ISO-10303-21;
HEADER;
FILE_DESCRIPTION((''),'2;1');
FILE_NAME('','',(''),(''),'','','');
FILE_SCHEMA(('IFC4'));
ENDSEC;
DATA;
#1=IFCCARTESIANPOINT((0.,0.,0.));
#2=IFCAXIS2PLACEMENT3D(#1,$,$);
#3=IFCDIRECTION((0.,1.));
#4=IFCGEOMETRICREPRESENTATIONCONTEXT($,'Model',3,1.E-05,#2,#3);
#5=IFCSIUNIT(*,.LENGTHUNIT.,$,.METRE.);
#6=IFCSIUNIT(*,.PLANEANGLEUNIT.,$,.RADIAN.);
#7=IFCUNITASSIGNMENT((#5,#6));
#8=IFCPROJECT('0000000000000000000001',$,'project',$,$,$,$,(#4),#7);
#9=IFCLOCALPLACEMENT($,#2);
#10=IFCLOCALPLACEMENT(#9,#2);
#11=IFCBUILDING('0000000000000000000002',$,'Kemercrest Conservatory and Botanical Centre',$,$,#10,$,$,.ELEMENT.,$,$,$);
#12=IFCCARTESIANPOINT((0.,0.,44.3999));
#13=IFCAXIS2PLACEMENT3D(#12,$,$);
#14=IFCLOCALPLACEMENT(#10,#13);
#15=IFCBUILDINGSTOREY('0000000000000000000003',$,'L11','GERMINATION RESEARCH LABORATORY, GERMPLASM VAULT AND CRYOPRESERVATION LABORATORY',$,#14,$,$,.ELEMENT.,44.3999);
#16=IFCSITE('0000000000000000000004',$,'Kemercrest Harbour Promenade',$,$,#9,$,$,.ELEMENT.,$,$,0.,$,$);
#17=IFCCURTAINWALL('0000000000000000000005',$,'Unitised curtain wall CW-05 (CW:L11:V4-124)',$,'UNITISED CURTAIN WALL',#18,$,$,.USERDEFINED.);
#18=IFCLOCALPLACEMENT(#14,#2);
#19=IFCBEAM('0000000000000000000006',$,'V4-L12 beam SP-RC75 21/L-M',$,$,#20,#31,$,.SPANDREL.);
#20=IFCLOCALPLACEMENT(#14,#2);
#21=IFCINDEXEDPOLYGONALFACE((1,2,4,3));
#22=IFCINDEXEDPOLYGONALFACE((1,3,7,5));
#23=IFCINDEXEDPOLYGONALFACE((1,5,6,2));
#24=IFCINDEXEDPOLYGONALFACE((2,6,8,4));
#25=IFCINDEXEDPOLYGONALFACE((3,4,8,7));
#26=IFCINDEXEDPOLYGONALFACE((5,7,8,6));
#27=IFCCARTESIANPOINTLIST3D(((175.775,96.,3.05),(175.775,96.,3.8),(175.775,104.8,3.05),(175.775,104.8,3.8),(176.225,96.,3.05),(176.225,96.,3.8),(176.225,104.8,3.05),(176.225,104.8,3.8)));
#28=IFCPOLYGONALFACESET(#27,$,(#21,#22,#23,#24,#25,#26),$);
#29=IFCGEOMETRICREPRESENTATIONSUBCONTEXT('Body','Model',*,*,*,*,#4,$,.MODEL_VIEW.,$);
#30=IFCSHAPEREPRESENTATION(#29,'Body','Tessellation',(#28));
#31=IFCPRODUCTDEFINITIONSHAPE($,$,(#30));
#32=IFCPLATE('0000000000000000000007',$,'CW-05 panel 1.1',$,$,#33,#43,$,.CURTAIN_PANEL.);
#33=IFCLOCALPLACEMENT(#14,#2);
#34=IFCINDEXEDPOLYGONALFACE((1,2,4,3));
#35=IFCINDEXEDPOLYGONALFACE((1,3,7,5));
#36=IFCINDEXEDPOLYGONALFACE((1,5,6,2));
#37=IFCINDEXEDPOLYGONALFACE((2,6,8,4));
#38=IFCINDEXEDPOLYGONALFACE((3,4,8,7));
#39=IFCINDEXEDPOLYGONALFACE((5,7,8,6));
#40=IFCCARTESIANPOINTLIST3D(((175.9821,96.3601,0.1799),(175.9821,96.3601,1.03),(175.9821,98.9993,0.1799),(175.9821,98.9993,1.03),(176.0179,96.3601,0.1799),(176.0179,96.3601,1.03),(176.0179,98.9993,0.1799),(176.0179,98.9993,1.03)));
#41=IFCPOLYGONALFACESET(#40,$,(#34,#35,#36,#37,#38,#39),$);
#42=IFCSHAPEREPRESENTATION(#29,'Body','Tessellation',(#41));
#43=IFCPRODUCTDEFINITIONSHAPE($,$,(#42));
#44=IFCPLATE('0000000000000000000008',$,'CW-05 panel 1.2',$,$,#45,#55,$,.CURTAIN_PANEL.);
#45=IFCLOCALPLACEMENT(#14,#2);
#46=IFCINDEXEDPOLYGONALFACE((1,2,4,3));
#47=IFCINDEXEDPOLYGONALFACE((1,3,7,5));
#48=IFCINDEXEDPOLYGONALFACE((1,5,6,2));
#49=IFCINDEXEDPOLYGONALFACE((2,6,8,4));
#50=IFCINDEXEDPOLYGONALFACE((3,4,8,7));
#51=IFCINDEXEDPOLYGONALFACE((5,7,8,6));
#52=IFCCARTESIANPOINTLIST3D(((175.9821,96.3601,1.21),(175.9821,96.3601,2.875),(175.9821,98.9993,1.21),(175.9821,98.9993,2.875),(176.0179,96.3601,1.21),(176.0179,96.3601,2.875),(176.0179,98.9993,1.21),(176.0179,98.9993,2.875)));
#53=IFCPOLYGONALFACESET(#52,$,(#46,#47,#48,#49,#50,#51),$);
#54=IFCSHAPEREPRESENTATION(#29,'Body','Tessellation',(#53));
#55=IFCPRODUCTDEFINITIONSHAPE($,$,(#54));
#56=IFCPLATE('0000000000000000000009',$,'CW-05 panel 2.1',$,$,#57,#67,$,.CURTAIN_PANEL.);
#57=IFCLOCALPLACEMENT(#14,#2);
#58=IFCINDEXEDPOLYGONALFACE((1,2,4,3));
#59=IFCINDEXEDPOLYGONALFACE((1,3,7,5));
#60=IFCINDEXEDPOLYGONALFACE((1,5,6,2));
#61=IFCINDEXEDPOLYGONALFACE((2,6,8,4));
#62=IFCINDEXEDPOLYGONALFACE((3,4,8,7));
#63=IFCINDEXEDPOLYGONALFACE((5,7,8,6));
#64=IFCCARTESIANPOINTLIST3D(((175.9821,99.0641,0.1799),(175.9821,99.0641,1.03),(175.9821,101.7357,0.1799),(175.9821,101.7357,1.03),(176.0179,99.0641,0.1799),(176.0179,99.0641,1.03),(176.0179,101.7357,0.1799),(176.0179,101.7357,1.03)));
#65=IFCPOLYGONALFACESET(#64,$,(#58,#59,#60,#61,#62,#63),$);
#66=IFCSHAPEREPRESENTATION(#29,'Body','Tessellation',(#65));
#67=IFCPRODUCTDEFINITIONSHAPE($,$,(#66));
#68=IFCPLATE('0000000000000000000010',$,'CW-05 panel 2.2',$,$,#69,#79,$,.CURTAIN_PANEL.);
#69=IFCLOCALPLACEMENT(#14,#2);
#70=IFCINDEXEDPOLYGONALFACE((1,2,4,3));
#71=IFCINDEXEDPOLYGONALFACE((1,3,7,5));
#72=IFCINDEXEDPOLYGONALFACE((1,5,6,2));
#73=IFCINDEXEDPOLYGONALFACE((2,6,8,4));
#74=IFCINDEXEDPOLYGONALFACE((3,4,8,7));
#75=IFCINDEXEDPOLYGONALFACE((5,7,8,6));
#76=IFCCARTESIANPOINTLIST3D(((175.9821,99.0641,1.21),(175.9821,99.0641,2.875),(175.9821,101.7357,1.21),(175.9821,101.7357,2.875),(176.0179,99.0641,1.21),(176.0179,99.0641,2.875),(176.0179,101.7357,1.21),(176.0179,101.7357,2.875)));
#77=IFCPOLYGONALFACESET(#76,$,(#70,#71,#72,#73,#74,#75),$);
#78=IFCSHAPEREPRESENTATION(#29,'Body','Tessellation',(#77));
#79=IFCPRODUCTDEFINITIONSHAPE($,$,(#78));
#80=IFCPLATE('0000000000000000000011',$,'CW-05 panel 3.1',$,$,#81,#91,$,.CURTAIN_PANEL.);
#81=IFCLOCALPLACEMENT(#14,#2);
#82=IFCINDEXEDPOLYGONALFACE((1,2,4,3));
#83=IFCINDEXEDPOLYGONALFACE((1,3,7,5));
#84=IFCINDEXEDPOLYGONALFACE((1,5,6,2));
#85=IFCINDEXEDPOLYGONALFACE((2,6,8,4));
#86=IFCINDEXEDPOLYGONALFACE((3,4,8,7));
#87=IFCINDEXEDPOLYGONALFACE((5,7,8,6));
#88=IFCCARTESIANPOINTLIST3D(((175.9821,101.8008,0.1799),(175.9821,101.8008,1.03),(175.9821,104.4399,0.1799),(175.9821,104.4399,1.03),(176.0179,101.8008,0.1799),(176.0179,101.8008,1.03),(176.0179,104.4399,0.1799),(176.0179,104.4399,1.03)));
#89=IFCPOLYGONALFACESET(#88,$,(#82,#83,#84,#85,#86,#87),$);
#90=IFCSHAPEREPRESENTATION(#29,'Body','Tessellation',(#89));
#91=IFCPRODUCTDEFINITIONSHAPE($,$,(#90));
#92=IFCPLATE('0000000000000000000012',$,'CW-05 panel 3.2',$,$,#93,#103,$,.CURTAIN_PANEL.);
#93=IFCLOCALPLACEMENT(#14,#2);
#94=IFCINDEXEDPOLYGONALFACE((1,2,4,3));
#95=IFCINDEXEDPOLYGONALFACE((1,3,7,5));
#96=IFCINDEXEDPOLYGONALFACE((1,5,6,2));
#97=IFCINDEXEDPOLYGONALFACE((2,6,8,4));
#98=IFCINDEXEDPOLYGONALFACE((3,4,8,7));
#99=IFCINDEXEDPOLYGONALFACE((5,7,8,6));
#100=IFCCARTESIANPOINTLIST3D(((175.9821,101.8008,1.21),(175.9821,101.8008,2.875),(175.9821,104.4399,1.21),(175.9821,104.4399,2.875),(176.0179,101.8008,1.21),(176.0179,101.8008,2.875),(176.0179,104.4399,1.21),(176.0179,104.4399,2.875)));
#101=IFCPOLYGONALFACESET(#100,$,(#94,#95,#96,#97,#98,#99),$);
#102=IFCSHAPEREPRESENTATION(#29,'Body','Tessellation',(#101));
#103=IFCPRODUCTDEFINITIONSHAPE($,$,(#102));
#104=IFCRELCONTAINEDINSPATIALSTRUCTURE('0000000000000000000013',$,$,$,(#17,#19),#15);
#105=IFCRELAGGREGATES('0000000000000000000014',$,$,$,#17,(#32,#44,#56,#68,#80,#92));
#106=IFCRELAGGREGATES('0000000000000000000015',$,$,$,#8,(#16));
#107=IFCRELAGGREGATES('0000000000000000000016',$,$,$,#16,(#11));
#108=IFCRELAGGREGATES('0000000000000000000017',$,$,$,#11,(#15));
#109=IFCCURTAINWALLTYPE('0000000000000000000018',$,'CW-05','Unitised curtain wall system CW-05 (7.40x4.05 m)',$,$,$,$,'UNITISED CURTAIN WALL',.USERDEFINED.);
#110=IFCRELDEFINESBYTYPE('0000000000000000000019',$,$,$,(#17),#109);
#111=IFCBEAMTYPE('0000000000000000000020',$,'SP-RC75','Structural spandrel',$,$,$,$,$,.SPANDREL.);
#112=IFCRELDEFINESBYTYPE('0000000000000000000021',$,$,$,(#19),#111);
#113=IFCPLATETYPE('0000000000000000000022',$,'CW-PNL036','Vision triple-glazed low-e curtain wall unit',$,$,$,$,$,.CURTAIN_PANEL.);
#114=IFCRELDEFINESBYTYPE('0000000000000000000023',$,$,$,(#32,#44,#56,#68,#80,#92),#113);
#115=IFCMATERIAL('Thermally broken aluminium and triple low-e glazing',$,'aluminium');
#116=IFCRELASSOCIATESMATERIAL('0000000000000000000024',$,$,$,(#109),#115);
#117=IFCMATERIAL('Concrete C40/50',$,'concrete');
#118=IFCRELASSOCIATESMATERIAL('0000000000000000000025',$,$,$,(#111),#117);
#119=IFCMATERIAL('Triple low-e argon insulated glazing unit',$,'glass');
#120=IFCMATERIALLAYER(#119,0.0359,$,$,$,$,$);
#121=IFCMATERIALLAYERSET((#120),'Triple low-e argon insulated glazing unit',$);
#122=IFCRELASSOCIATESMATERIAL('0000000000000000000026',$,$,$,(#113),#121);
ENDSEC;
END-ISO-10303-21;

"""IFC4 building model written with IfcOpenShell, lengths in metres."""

from ifc_helpers import new_model, si_unit, direction, frame, origin, origin_2d, place, context, subcontext, project, spatial, rectangle, extrude, material, layer, layer_set, material_profile, profile_set, type_object, element, aggregate, save


model = new_model("IFC4")

# Units and contexts
model_context = context("Model", 3, precision=1e-05, world=origin(), true_north=direction((0.0, 1.0)))
body_context = subcontext(model_context, "Body", "Model", "MODEL_VIEW")
ifc_project = project(units=[si_unit("LENGTHUNIT", "METRE"), si_unit("PLANEANGLEUNIT", "RADIAN")], contexts=[model_context])

# Site, building, storey
site_placement = place(None, origin())
site = spatial("IfcSite", under=ifc_project, at=site_placement, Name="Kemercrest Harbour Promenade", CompositionType="ELEMENT", RefElevation=0.0)
building_placement = place(site_placement, origin())
building = spatial("IfcBuilding", under=site, at=building_placement, Name="Kemercrest Conservatory and Botanical Centre", CompositionType="ELEMENT")
storey_placement = place(building_placement, frame((0.0, 0.0, 44.3999)))
storey = spatial("IfcBuildingStorey", under=building, at=storey_placement, Name="L11", Description="GERMINATION RESEARCH LABORATORY, GERMPLASM VAULT AND CRYOPRESERVATION LABORATORY", CompositionType="ELEMENT", Elevation=44.3999)

# Shared definitions
ifc_material_1 = material(Name="Concrete C40/50", Category="concrete")

# Curtain wall
ifc_material_2 = material(Name="Thermally broken aluminium and triple low-e glazing", Category="aluminium")
curtain_wall_type = type_object("IfcCurtainWallType", Name="CW-05", Description="Unitised curtain wall system CW-05 (7.40x4.05 m)", ElementType="UNITISED CURTAIN WALL", PredefinedType="USERDEFINED", material=ifc_material_2)
curtain_wall_placement = place(storey_placement, origin())
curtain_wall = element("IfcCurtainWall", 1, at=curtain_wall_placement, inside=storey, type_object=curtain_wall_type, Name="Unitised curtain wall CW-05 (CW:L11:V4-124)", ObjectType="UNITISED CURTAIN WALL", PredefinedType="USERDEFINED")

# Beam
ifc_material_profile_1 = material_profile(ifc_material_1, rectangle(XDim=0.45, YDim=0.75, at=origin_2d()), Name="RC 450x750")
ifc_profile_set_1 = profile_set([ifc_material_profile_1], Name="Concrete C40/50")
beam_type = type_object("IfcBeamType", Name="SP-RC75", Description="Structural spandrel", PredefinedType="SPANDREL", material=ifc_profile_set_1)
beam_placement = place(storey_placement, frame((176.0, 96.0, 3.425), z_axis=(0.0, 1.0, 0.0), x_axis=(-1.0, 0.0, 0.0)))
element("IfcBeam", 2, at=beam_placement, inside=storey, type_object=beam_type, Name="V4-L12 beam SP-RC75 21/L-M", PredefinedType="SPANDREL", context=body_context, shape_type="SweptSolid", body=[
    extrude(rectangle(XDim=0.45, YDim=0.75, at=origin_2d()), origin(), (0.0, 0.0, 1.0), 8.8),
])

# Plates
ifc_material_3 = material(Name="Triple low-e argon insulated glazing unit", Category="glass")
ifc_layer = layer(ifc_material_3, 0.0359)
ifc_layer_set = layer_set([ifc_layer], Name="Triple low-e argon insulated glazing unit")
plate_type = type_object("IfcPlateType", Name="CW-PNL036", Description="Vision triple-glazed low-e curtain wall unit", PredefinedType="CURTAIN_PANEL", material=ifc_layer_set)
plate_1_placement = place(storey_placement, frame((176.0, 97.6797, 0.1799), z_axis=(0.0, 0.0, 1.0), x_axis=(0.0, 1.0, 0.0)))
plate_1 = element("IfcPlate", 3, at=plate_1_placement, type_object=plate_type, Name="CW-05 panel 1.1", PredefinedType="CURTAIN_PANEL", context=body_context, shape_type="SweptSolid", body=[
    extrude(rectangle(XDim=2.6392, YDim=0.0359, at=origin_2d()), origin(), (0.0, 0.0, 1.0), 0.8501),
])
plate_2_placement = place(storey_placement, frame((176.0, 97.6797, 1.21), z_axis=(0.0, 0.0, 1.0), x_axis=(0.0, 1.0, 0.0)))
plate_2 = element("IfcPlate", 4, at=plate_2_placement, type_object=plate_type, Name="CW-05 panel 1.2", PredefinedType="CURTAIN_PANEL", context=body_context, shape_type="SweptSolid", body=[
    extrude(rectangle(XDim=2.6392, YDim=0.0359, at=origin_2d()), origin(), (0.0, 0.0, 1.0), 1.665),
])
plate_3_placement = place(storey_placement, frame((176.0, 100.3999, 0.1799), z_axis=(0.0, 0.0, 1.0), x_axis=(0.0, 1.0, 0.0)))
plate_3 = element("IfcPlate", 5, at=plate_3_placement, type_object=plate_type, Name="CW-05 panel 2.1", PredefinedType="CURTAIN_PANEL", context=body_context, shape_type="SweptSolid", body=[
    extrude(rectangle(XDim=2.6716, YDim=0.0359, at=origin_2d()), origin(), (0.0, 0.0, 1.0), 0.8501),
])
plate_4_placement = place(storey_placement, frame((176.0, 100.3999, 1.21), z_axis=(0.0, 0.0, 1.0), x_axis=(0.0, 1.0, 0.0)))
plate_4 = element("IfcPlate", 6, at=plate_4_placement, type_object=plate_type, Name="CW-05 panel 2.2", PredefinedType="CURTAIN_PANEL", context=body_context, shape_type="SweptSolid", body=[
    extrude(rectangle(XDim=2.6716, YDim=0.0359, at=origin_2d()), origin(), (0.0, 0.0, 1.0), 1.665),
])
plate_5_placement = place(storey_placement, frame((176.0, 103.1204, 0.1799), z_axis=(0.0, 0.0, 1.0), x_axis=(0.0, 1.0, 0.0)))
plate_5 = element("IfcPlate", 7, at=plate_5_placement, type_object=plate_type, Name="CW-05 panel 3.1", PredefinedType="CURTAIN_PANEL", context=body_context, shape_type="SweptSolid", body=[
    extrude(rectangle(XDim=2.6392, YDim=0.0359, at=origin_2d()), origin(), (0.0, 0.0, 1.0), 0.8501),
])
plate_6_placement = place(storey_placement, frame((176.0, 103.1204, 1.21), z_axis=(0.0, 0.0, 1.0), x_axis=(0.0, 1.0, 0.0)))
plate_6 = element("IfcPlate", 8, at=plate_6_placement, type_object=plate_type, Name="CW-05 panel 3.2", PredefinedType="CURTAIN_PANEL", context=body_context, shape_type="SweptSolid", body=[
    extrude(rectangle(XDim=2.6392, YDim=0.0359, at=origin_2d()), origin(), (0.0, 0.0, 1.0), 1.665),
])
aggregate(curtain_wall, [plate_1, plate_2, plate_3, plate_4, plate_5, plate_6])

save(model, "model.ifc")
